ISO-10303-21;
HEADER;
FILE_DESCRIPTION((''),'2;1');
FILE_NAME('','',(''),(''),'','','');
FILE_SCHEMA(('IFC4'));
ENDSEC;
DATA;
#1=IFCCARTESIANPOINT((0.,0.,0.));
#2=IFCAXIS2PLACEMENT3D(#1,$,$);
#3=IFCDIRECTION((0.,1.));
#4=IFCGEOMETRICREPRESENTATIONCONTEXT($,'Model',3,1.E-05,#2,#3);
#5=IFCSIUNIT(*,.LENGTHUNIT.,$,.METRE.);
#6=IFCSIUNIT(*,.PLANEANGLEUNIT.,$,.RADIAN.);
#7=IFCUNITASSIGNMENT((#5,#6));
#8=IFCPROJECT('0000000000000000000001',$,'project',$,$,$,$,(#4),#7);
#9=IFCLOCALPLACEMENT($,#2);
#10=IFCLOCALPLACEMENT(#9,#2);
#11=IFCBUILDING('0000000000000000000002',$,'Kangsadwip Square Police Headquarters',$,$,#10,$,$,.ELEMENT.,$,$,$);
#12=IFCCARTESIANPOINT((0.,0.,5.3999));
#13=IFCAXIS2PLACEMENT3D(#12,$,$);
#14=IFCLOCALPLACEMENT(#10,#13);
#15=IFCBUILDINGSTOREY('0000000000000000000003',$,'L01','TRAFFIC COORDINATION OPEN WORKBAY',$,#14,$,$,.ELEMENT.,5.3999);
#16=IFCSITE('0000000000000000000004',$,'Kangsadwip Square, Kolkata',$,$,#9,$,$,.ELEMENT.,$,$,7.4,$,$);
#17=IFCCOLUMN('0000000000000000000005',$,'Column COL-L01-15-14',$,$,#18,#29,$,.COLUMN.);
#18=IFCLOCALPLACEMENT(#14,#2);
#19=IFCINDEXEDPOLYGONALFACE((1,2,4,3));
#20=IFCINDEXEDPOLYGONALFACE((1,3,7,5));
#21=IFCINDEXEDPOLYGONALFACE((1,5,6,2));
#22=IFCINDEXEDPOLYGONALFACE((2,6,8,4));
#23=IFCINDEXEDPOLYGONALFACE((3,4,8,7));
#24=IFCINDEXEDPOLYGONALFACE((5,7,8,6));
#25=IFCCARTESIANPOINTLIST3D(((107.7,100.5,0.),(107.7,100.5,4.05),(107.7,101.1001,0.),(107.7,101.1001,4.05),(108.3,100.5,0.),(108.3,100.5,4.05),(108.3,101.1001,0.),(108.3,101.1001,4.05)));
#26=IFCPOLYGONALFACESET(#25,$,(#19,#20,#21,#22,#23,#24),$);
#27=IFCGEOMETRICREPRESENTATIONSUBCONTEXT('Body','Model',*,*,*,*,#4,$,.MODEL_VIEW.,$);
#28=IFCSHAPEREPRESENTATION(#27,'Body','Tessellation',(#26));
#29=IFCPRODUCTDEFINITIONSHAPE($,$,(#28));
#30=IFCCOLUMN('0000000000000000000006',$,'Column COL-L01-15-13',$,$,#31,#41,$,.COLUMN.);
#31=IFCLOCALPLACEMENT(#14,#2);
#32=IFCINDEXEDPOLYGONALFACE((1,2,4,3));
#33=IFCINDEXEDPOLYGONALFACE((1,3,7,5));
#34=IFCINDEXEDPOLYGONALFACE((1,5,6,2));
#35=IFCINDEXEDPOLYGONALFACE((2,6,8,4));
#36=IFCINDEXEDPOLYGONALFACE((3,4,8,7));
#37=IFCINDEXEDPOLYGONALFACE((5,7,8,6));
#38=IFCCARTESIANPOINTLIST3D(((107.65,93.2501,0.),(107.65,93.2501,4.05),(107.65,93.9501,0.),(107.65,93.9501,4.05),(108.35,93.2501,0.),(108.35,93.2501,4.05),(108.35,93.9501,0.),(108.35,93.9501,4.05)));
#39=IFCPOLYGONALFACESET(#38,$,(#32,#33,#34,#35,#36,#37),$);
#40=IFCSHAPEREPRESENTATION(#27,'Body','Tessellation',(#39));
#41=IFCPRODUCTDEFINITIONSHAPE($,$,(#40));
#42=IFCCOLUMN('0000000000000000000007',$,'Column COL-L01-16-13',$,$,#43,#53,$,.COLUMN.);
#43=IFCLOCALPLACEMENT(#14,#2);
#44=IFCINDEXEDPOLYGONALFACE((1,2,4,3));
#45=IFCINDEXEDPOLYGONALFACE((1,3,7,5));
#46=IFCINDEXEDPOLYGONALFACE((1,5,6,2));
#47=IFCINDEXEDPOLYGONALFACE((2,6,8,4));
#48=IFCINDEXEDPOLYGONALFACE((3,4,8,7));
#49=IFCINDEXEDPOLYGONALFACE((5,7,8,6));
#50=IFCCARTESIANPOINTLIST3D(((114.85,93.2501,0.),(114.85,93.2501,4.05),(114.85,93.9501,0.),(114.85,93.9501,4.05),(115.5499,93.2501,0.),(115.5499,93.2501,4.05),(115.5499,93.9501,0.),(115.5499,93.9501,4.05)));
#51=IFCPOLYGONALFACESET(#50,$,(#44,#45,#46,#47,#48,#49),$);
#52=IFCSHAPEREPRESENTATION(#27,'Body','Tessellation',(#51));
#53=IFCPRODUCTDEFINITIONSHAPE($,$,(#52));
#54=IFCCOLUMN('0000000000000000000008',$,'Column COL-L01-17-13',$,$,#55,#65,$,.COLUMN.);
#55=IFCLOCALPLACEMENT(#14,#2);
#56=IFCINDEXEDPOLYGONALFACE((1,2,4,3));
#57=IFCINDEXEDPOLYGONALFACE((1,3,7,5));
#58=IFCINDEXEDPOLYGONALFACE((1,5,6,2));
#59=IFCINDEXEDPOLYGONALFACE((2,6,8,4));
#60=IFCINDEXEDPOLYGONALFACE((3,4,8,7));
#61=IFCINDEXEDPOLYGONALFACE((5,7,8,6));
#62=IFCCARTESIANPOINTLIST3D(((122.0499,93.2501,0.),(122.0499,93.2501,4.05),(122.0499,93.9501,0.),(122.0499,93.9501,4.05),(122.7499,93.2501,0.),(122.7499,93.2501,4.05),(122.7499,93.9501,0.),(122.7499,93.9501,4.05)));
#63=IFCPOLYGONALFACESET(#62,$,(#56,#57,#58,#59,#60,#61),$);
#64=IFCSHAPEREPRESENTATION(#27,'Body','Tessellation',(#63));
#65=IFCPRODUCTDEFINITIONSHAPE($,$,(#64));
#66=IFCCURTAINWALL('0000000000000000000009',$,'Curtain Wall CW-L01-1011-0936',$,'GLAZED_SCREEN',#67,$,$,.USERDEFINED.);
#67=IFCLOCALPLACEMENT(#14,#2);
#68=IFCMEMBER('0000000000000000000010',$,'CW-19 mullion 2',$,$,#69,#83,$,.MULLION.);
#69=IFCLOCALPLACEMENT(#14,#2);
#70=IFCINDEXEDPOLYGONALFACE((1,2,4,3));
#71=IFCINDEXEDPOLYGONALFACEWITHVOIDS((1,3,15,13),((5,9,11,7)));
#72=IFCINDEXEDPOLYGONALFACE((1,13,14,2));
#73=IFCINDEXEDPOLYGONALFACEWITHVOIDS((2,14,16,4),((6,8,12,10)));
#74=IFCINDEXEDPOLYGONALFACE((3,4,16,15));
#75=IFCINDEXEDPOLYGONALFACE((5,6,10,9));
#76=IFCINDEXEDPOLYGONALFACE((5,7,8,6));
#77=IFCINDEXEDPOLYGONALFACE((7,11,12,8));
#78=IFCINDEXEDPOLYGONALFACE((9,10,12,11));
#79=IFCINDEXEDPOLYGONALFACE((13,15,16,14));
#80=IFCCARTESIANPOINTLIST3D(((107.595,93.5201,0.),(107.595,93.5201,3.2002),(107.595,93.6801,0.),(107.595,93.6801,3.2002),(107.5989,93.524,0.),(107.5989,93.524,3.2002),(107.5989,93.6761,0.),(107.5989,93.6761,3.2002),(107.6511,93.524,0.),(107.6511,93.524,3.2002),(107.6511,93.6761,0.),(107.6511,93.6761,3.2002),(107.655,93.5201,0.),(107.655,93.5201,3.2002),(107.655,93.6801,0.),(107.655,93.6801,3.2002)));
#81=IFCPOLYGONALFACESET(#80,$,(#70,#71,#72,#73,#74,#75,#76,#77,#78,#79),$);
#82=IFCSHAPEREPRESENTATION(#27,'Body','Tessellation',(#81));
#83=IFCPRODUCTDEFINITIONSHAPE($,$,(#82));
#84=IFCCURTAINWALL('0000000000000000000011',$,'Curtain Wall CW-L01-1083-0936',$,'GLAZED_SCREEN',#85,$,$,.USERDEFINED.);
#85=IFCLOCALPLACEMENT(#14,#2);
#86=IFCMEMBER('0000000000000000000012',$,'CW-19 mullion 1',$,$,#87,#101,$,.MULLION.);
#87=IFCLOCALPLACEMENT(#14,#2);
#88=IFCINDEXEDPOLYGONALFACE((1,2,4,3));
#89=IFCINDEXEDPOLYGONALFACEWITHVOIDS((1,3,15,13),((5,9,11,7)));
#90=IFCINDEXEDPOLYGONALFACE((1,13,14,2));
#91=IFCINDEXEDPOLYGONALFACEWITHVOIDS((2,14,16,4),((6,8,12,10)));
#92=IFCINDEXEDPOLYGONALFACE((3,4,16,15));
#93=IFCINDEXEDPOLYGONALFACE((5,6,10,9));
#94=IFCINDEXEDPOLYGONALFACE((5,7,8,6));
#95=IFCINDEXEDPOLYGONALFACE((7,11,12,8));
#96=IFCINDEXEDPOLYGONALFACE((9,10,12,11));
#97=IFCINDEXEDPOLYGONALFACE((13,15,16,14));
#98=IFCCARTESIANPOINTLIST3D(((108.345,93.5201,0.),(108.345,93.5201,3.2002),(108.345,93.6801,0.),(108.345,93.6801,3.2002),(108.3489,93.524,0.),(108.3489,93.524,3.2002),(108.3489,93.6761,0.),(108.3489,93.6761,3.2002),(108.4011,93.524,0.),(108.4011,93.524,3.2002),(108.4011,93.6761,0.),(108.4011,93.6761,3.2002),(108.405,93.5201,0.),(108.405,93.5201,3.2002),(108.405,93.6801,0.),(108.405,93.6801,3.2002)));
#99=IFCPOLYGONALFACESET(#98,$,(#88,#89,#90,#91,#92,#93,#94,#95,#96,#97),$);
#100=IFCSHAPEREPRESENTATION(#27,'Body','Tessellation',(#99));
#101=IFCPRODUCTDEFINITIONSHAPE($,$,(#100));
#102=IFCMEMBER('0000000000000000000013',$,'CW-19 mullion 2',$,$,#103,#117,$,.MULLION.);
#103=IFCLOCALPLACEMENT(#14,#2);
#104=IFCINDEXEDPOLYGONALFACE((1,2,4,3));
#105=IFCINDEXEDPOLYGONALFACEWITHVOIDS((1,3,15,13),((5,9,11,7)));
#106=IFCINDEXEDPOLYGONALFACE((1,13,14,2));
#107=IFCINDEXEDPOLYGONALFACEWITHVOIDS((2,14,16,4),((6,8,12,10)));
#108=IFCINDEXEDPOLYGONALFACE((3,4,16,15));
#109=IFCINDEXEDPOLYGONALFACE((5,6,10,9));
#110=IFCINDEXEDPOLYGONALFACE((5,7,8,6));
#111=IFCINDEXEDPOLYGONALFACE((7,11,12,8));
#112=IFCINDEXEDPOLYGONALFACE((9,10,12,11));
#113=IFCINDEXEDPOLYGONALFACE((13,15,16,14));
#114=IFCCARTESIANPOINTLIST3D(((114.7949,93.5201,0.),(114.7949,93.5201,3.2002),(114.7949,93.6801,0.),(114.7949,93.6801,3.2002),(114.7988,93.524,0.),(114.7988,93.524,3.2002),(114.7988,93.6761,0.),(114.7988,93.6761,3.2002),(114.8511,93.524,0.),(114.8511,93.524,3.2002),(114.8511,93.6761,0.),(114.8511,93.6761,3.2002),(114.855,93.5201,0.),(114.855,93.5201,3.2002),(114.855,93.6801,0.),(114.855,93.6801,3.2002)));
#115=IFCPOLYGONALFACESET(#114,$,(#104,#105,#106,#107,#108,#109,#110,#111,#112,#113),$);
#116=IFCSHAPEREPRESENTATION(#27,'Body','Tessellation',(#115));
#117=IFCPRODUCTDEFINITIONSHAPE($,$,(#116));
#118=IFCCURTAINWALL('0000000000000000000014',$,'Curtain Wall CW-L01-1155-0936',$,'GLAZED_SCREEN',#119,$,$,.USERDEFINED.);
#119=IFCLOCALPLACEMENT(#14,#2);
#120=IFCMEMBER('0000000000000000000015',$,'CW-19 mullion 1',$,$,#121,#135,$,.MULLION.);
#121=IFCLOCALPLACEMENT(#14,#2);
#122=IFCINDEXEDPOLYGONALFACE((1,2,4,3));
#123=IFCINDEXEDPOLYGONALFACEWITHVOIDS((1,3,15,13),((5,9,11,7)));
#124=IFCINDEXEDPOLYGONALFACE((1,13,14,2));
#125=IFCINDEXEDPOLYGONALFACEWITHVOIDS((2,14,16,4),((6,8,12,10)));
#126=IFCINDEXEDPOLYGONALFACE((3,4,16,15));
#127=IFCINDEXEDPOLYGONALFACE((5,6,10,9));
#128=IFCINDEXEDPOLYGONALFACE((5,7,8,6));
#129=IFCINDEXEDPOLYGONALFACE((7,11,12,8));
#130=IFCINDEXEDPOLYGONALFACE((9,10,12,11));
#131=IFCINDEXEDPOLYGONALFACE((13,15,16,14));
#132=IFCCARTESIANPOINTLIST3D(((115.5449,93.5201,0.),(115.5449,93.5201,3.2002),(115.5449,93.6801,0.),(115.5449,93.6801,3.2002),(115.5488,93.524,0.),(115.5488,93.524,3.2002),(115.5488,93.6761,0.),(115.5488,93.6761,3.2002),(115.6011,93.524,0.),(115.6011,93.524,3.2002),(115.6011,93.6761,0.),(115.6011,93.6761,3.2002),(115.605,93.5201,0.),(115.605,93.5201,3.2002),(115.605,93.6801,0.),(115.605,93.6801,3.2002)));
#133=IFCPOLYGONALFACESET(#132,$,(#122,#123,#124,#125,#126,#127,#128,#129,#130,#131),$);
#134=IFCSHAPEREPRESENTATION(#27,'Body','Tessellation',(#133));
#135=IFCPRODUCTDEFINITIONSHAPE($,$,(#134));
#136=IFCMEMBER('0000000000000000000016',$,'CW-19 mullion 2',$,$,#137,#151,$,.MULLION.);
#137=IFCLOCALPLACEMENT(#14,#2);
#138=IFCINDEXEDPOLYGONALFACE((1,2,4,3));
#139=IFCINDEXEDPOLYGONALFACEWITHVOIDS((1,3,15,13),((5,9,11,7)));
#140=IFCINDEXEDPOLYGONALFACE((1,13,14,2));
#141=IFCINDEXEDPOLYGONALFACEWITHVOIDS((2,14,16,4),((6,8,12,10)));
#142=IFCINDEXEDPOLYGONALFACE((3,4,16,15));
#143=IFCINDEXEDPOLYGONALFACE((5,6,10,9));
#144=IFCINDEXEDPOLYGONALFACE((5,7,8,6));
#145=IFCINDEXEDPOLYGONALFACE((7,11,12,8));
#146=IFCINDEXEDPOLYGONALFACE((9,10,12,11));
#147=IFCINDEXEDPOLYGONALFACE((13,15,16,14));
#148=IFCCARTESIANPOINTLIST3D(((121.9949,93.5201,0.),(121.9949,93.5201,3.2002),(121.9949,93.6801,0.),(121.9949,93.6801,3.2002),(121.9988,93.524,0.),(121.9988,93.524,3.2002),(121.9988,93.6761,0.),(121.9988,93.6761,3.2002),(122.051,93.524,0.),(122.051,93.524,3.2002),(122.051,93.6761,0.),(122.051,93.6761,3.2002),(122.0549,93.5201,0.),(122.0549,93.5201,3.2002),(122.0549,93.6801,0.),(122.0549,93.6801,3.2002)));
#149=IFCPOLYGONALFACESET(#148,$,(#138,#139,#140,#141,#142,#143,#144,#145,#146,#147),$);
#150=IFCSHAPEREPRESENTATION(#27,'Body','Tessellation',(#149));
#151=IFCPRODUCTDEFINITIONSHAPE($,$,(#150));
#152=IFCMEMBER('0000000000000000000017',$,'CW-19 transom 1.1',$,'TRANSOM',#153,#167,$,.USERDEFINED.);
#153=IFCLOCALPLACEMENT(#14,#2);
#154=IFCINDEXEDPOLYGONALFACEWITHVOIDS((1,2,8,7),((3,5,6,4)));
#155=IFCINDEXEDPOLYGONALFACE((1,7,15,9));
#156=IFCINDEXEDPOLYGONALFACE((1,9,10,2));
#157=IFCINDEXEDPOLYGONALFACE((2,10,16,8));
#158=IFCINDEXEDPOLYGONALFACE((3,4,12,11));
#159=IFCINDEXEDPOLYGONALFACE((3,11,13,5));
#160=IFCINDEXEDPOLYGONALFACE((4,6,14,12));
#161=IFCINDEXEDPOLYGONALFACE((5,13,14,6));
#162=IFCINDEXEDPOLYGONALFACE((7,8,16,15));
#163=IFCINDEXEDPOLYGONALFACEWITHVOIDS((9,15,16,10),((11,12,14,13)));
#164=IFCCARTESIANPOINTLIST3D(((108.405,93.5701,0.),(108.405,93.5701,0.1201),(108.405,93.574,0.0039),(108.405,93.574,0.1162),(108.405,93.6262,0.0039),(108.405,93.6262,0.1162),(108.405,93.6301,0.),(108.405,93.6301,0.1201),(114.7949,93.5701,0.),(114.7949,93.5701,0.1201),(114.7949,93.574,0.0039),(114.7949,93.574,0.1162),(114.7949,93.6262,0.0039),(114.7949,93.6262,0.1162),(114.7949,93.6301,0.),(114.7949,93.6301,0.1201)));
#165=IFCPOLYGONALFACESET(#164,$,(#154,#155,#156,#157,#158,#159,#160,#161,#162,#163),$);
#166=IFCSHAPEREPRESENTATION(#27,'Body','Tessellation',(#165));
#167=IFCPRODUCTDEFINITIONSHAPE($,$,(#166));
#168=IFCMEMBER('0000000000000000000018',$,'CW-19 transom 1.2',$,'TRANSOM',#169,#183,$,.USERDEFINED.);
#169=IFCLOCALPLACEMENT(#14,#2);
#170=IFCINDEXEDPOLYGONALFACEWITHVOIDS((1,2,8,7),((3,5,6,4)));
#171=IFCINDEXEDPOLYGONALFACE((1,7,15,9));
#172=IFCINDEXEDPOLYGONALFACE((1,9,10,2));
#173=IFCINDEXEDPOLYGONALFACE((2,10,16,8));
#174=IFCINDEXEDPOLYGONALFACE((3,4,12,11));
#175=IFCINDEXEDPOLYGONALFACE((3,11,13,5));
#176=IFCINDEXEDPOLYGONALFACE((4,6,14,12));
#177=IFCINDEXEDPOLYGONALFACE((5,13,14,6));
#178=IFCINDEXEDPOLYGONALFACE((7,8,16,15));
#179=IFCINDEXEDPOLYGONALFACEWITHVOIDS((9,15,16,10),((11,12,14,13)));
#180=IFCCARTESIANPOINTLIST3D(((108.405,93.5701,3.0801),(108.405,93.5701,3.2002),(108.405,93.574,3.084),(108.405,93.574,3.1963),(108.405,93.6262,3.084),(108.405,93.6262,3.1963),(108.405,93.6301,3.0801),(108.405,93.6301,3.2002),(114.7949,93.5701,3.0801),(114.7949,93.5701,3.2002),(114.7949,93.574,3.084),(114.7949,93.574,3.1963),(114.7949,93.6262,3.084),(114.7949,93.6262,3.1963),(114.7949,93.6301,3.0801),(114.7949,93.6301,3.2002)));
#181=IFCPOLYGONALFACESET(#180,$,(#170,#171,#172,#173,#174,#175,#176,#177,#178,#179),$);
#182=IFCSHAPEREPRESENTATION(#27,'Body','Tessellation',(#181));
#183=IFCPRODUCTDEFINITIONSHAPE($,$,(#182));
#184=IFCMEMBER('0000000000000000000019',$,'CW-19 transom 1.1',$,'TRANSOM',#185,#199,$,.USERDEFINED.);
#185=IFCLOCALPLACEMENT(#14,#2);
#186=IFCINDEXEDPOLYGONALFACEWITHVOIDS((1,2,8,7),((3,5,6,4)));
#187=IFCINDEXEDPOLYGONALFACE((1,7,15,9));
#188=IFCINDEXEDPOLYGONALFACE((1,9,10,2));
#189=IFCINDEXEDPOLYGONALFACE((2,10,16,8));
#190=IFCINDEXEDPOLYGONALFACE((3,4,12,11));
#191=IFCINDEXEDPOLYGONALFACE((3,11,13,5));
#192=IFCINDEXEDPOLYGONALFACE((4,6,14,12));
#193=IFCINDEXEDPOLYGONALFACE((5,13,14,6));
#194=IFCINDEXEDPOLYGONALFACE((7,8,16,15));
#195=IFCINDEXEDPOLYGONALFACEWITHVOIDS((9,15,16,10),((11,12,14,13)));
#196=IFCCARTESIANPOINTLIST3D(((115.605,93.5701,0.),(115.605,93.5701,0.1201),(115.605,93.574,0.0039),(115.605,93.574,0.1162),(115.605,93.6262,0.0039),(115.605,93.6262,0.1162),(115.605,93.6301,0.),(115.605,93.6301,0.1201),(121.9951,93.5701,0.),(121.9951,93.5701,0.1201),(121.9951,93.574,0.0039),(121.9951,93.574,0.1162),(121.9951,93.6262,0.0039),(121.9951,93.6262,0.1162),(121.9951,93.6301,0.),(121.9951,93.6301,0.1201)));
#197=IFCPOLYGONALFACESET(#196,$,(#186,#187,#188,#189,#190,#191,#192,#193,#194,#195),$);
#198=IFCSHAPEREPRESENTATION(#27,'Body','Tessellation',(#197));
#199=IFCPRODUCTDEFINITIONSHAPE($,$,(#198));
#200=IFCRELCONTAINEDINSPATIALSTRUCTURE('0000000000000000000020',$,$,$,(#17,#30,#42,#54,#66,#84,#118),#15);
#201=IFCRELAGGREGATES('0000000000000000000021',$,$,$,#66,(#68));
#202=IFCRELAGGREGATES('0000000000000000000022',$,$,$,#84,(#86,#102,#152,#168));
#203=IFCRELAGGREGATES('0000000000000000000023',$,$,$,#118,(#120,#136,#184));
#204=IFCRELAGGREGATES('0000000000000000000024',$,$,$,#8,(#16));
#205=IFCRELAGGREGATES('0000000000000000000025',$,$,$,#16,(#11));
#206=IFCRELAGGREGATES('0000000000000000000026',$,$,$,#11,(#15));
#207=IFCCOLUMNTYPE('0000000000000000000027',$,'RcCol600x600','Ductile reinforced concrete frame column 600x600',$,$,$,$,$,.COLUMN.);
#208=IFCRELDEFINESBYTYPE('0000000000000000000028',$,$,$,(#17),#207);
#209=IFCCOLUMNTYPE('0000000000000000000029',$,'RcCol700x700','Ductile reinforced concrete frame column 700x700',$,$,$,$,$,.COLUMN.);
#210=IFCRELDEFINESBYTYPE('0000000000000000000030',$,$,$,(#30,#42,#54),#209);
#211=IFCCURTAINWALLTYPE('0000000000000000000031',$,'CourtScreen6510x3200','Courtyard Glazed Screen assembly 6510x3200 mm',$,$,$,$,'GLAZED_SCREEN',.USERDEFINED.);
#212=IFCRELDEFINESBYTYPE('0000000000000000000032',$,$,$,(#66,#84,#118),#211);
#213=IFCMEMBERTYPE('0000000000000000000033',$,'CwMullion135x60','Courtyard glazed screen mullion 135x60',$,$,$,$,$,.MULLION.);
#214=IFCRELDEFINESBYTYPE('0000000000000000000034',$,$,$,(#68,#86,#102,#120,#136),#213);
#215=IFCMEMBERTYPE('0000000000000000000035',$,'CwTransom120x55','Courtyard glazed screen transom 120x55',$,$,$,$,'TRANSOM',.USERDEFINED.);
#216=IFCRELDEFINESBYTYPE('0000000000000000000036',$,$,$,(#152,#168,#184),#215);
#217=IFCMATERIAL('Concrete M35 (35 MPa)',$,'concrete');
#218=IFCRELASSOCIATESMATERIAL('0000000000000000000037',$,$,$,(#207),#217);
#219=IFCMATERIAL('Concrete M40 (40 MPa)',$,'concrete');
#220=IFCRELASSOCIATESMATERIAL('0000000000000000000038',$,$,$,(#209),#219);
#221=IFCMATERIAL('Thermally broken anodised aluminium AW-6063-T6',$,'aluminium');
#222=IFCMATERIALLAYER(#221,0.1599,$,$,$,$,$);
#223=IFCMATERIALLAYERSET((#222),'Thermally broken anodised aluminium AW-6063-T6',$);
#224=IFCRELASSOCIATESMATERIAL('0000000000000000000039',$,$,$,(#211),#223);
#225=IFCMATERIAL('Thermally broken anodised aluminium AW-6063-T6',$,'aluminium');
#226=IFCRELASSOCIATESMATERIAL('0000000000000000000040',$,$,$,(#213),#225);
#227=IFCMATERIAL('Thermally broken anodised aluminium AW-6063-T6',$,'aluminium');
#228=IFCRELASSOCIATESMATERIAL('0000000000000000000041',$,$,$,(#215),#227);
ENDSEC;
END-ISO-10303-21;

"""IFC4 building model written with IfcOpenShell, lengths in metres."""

from ifc_helpers import new_model, si_unit, direction, frame, origin, origin_2d, place, context, subcontext, project, spatial, rectangle, hollow_rectangle, extrude, material, layer, layer_set, material_profile, profile_set, type_object, element, aggregate, save


model = new_model("IFC4")

# Units and contexts
model_context = context("Model", 3, precision=1e-05, world=origin(), true_north=direction((0.0, 1.0)))
body_context = subcontext(model_context, "Body", "Model", "MODEL_VIEW")
ifc_project = project(units=[si_unit("LENGTHUNIT", "METRE"), si_unit("PLANEANGLEUNIT", "RADIAN")], contexts=[model_context])

# Site, building, storey
site_placement = place(None, origin())
site = spatial("IfcSite", under=ifc_project, at=site_placement, Name="Kangsadwip Square, Kolkata", CompositionType="ELEMENT", RefElevation=7.4)
building_placement = place(site_placement, origin())
building = spatial("IfcBuilding", under=site, at=building_placement, Name="Kangsadwip Square Police Headquarters", CompositionType="ELEMENT")
storey_placement = place(building_placement, frame((0.0, 0.0, 5.3999)))
storey = spatial("IfcBuildingStorey", under=building, at=storey_placement, Name="L01", Description="TRAFFIC COORDINATION OPEN WORKBAY", CompositionType="ELEMENT", Elevation=5.3999)

# Columns
ifc_material_1 = material(Name="Concrete M35 (35 MPa)", Category="concrete")
ifc_material_profile_1 = material_profile(ifc_material_1, rectangle(XDim=0.6001, YDim=0.6001, at=origin_2d()), Name="RC COL 600X600")
ifc_profile_set_1 = profile_set([ifc_material_profile_1], Name="Concrete M35 (35 MPa)")
column_type_1 = type_object("IfcColumnType", Name="RcCol600x600", Description="Ductile reinforced concrete frame column 600x600", PredefinedType="COLUMN", material=ifc_profile_set_1)
column_placement = place(storey_placement, frame((108.0, 100.8, 0.0), z_axis=(0.0, 0.0, 1.0), x_axis=(1.0, 0.0, 0.0)))
element("IfcColumn", 1, at=column_placement, inside=storey, type_object=column_type_1, Name="Column COL-L01-15-14", PredefinedType="COLUMN", context=body_context, shape_type="SweptSolid", body=[
    extrude(rectangle(XDim=0.6001, YDim=0.6001, at=origin_2d()), origin(), (0.0, 0.0, 1.0), 4.05),
])
ifc_material_2 = material(Name="Concrete M40 (40 MPa)", Category="concrete")
ifc_material_profile_2 = material_profile(ifc_material_2, rectangle(XDim=0.7, YDim=0.7, at=origin_2d()), Name="RC COL 700X700")
ifc_profile_set_2 = profile_set([ifc_material_profile_2], Name="Concrete M40 (40 MPa)")
column_type_2 = type_object("IfcColumnType", Name="RcCol700x700", Description="Ductile reinforced concrete frame column 700x700", PredefinedType="COLUMN", material=ifc_profile_set_2)
for number, where, z_axis, x_axis, name in (
    (2, (108.0, 93.6001, 0.0), (0.0, 0.0, 1.0), (1.0, 0.0, 0.0), "Column COL-L01-15-13"),
    (3, (115.2, 93.6001, 0.0), (0.0, 0.0, 1.0), (1.0, 0.0, 0.0), "Column COL-L01-16-13"),
    (4, (122.3999, 93.6001, 0.0), (0.0, 0.0, 1.0), (1.0, 0.0, 0.0), "Column COL-L01-17-13"),
):
    element("IfcColumn", number, at=place(storey_placement, frame(where, z_axis=z_axis, x_axis=x_axis)), inside=storey, type_object=column_type_2, Name=name, PredefinedType="COLUMN", context=body_context, shape_type="SweptSolid", body=[
        extrude(rectangle(XDim=0.7, YDim=0.7, at=origin_2d()), origin(), (0.0, 0.0, 1.0), 4.05),
    ])

# Curtain wall, member
ifc_material_3 = material(Name="Thermally broken anodised aluminium AW-6063-T6", Category="aluminium")
ifc_layer_1 = layer(ifc_material_3, 0.1599)
ifc_layer_set_1 = layer_set([ifc_layer_1], Name="Thermally broken anodised aluminium AW-6063-T6")
curtain_wall_type = type_object("IfcCurtainWallType", Name="CourtScreen6510x3200", Description="Courtyard Glazed Screen assembly 6510x3200 mm", ElementType="GLAZED_SCREEN", PredefinedType="USERDEFINED", material=ifc_layer_set_1)
curtain_wall_1_placement = place(storey_placement, origin())
curtain_wall_1 = element("IfcCurtainWall", 5, at=curtain_wall_1_placement, inside=storey, type_object=curtain_wall_type, Name="Curtain Wall CW-L01-1011-0936", ObjectType="GLAZED_SCREEN", PredefinedType="USERDEFINED")
ifc_material_4 = material(Name="Thermally broken anodised aluminium AW-6063-T6", Category="aluminium")
ifc_material_profile_3 = material_profile(ifc_material_4, hollow_rectangle(XDim=0.0601, YDim=0.1599, WallThickness=0.0039, at=origin_2d()), Name="CWM 160X60X4")
ifc_profile_set_3 = profile_set([ifc_material_profile_3], Name="Thermally broken anodised aluminium AW-6063-T6")
member_type_1 = type_object("IfcMemberType", Name="CwMullion135x60", Description="Courtyard glazed screen mullion 135x60", PredefinedType="MULLION", material=ifc_profile_set_3)
member_1_placement = place(storey_placement, frame((107.625, 93.6001, 0.0), z_axis=(0.0, 0.0, 1.0), x_axis=(1.0, 0.0, 0.0)))
member_1 = element("IfcMember", 6, at=member_1_placement, type_object=member_type_1, Name="CW-19 mullion 2", PredefinedType="MULLION", context=body_context, shape_type="SweptSolid", body=[
    extrude(hollow_rectangle(XDim=0.0601, YDim=0.1599, WallThickness=0.0039, at=origin_2d()), origin(), (0.0, 0.0, 1.0), 3.2002),
])

# Curtain walls, members
curtain_wall_2_placement = place(storey_placement, origin())
curtain_wall_2 = element("IfcCurtainWall", 7, at=curtain_wall_2_placement, inside=storey, type_object=curtain_wall_type, Name="Curtain Wall CW-L01-1083-0936", ObjectType="GLAZED_SCREEN", PredefinedType="USERDEFINED")
member_2_placement = place(storey_placement, frame((108.375, 93.6001, 0.0), z_axis=(0.0, 0.0, 1.0), x_axis=(1.0, 0.0, 0.0)))
member_2 = element("IfcMember", 8, at=member_2_placement, type_object=member_type_1, Name="CW-19 mullion 1", PredefinedType="MULLION", context=body_context, shape_type="SweptSolid", body=[
    extrude(hollow_rectangle(XDim=0.0601, YDim=0.1599, WallThickness=0.0039, at=origin_2d()), origin(), (0.0, 0.0, 1.0), 3.2002),
])
member_3_placement = place(storey_placement, frame((114.825, 93.6001, 0.0), z_axis=(0.0, 0.0, 1.0), x_axis=(1.0, 0.0, 0.0)))
member_3 = element("IfcMember", 9, at=member_3_placement, type_object=member_type_1, Name="CW-19 mullion 2", PredefinedType="MULLION", context=body_context, shape_type="SweptSolid", body=[
    extrude(hollow_rectangle(XDim=0.0601, YDim=0.1599, WallThickness=0.0039, at=origin_2d()), origin(), (0.0, 0.0, 1.0), 3.2002),
])
curtain_wall_3_placement = place(storey_placement, origin())
curtain_wall_3 = element("IfcCurtainWall", 10, at=curtain_wall_3_placement, inside=storey, type_object=curtain_wall_type, Name="Curtain Wall CW-L01-1155-0936", ObjectType="GLAZED_SCREEN", PredefinedType="USERDEFINED")
member_4_placement = place(storey_placement, frame((115.575, 93.6001, 0.0), z_axis=(0.0, 0.0, 1.0), x_axis=(1.0, 0.0, 0.0)))
member_4 = element("IfcMember", 11, at=member_4_placement, type_object=member_type_1, Name="CW-19 mullion 1", PredefinedType="MULLION", context=body_context, shape_type="SweptSolid", body=[
    extrude(hollow_rectangle(XDim=0.0601, YDim=0.1599, WallThickness=0.0039, at=origin_2d()), origin(), (0.0, 0.0, 1.0), 3.2002),
])
member_5_placement = place(storey_placement, frame((122.0249, 93.6001, 0.0), z_axis=(0.0, 0.0, 1.0), x_axis=(1.0, 0.0, 0.0)))
member_5 = element("IfcMember", 12, at=member_5_placement, type_object=member_type_1, Name="CW-19 mullion 2", PredefinedType="MULLION", context=body_context, shape_type="SweptSolid", body=[
    extrude(hollow_rectangle(XDim=0.0601, YDim=0.1599, WallThickness=0.0039, at=origin_2d()), origin(), (0.0, 0.0, 1.0), 3.2002),
])

# Members
ifc_material_5 = material(Name="Thermally broken anodised aluminium AW-6063-T6", Category="aluminium")
ifc_material_profile_4 = material_profile(ifc_material_5, hollow_rectangle(XDim=0.0601, YDim=0.1201, WallThickness=0.0039, at=origin_2d()), Name="CWT 120X60X4")
ifc_profile_set_4 = profile_set([ifc_material_profile_4], Name="Thermally broken anodised aluminium AW-6063-T6")
member_type_2 = type_object("IfcMemberType", Name="CwTransom120x55", Description="Courtyard glazed screen transom 120x55", ElementType="TRANSOM", PredefinedType="USERDEFINED", material=ifc_profile_set_4)
member_6_placement = place(storey_placement, frame((108.405, 93.6001, 0.0601), z_axis=(1.0, 0.0, 0.0), x_axis=(0.0, 1.0, 0.0)))
member_6 = element("IfcMember", 13, at=member_6_placement, type_object=member_type_2, Name="CW-19 transom 1.1", ObjectType="TRANSOM", PredefinedType="USERDEFINED", context=body_context, shape_type="SweptSolid", body=[
    extrude(hollow_rectangle(XDim=0.0601, YDim=0.1201, WallThickness=0.0039, at=origin_2d()), origin(), (0.0, 0.0, 1.0), 6.3899),
])
member_7_placement = place(storey_placement, frame((108.405, 93.6001, 3.1401), z_axis=(1.0, 0.0, 0.0), x_axis=(0.0, 1.0, 0.0)))
member_7 = element("IfcMember", 14, at=member_7_placement, type_object=member_type_2, Name="CW-19 transom 1.2", ObjectType="TRANSOM", PredefinedType="USERDEFINED", context=body_context, shape_type="SweptSolid", body=[
    extrude(hollow_rectangle(XDim=0.0601, YDim=0.1201, WallThickness=0.0039, at=origin_2d()), origin(), (0.0, 0.0, 1.0), 6.3899),
])
member_8_placement = place(storey_placement, frame((115.605, 93.6001, 0.0601), z_axis=(1.0, 0.0, 0.0), x_axis=(0.0, 1.0, 0.0)))
member_8 = element("IfcMember", 15, at=member_8_placement, type_object=member_type_2, Name="CW-19 transom 1.1", ObjectType="TRANSOM", PredefinedType="USERDEFINED", context=body_context, shape_type="SweptSolid", body=[
    extrude(hollow_rectangle(XDim=0.0601, YDim=0.1201, WallThickness=0.0039, at=origin_2d()), origin(), (0.0, 0.0, 1.0), 6.3901),
])

aggregate(curtain_wall_1, [member_1])
aggregate(curtain_wall_2, [member_2, member_3, member_6, member_7])
aggregate(curtain_wall_3, [member_4, member_5, member_8])

save(model, "model.ifc")
